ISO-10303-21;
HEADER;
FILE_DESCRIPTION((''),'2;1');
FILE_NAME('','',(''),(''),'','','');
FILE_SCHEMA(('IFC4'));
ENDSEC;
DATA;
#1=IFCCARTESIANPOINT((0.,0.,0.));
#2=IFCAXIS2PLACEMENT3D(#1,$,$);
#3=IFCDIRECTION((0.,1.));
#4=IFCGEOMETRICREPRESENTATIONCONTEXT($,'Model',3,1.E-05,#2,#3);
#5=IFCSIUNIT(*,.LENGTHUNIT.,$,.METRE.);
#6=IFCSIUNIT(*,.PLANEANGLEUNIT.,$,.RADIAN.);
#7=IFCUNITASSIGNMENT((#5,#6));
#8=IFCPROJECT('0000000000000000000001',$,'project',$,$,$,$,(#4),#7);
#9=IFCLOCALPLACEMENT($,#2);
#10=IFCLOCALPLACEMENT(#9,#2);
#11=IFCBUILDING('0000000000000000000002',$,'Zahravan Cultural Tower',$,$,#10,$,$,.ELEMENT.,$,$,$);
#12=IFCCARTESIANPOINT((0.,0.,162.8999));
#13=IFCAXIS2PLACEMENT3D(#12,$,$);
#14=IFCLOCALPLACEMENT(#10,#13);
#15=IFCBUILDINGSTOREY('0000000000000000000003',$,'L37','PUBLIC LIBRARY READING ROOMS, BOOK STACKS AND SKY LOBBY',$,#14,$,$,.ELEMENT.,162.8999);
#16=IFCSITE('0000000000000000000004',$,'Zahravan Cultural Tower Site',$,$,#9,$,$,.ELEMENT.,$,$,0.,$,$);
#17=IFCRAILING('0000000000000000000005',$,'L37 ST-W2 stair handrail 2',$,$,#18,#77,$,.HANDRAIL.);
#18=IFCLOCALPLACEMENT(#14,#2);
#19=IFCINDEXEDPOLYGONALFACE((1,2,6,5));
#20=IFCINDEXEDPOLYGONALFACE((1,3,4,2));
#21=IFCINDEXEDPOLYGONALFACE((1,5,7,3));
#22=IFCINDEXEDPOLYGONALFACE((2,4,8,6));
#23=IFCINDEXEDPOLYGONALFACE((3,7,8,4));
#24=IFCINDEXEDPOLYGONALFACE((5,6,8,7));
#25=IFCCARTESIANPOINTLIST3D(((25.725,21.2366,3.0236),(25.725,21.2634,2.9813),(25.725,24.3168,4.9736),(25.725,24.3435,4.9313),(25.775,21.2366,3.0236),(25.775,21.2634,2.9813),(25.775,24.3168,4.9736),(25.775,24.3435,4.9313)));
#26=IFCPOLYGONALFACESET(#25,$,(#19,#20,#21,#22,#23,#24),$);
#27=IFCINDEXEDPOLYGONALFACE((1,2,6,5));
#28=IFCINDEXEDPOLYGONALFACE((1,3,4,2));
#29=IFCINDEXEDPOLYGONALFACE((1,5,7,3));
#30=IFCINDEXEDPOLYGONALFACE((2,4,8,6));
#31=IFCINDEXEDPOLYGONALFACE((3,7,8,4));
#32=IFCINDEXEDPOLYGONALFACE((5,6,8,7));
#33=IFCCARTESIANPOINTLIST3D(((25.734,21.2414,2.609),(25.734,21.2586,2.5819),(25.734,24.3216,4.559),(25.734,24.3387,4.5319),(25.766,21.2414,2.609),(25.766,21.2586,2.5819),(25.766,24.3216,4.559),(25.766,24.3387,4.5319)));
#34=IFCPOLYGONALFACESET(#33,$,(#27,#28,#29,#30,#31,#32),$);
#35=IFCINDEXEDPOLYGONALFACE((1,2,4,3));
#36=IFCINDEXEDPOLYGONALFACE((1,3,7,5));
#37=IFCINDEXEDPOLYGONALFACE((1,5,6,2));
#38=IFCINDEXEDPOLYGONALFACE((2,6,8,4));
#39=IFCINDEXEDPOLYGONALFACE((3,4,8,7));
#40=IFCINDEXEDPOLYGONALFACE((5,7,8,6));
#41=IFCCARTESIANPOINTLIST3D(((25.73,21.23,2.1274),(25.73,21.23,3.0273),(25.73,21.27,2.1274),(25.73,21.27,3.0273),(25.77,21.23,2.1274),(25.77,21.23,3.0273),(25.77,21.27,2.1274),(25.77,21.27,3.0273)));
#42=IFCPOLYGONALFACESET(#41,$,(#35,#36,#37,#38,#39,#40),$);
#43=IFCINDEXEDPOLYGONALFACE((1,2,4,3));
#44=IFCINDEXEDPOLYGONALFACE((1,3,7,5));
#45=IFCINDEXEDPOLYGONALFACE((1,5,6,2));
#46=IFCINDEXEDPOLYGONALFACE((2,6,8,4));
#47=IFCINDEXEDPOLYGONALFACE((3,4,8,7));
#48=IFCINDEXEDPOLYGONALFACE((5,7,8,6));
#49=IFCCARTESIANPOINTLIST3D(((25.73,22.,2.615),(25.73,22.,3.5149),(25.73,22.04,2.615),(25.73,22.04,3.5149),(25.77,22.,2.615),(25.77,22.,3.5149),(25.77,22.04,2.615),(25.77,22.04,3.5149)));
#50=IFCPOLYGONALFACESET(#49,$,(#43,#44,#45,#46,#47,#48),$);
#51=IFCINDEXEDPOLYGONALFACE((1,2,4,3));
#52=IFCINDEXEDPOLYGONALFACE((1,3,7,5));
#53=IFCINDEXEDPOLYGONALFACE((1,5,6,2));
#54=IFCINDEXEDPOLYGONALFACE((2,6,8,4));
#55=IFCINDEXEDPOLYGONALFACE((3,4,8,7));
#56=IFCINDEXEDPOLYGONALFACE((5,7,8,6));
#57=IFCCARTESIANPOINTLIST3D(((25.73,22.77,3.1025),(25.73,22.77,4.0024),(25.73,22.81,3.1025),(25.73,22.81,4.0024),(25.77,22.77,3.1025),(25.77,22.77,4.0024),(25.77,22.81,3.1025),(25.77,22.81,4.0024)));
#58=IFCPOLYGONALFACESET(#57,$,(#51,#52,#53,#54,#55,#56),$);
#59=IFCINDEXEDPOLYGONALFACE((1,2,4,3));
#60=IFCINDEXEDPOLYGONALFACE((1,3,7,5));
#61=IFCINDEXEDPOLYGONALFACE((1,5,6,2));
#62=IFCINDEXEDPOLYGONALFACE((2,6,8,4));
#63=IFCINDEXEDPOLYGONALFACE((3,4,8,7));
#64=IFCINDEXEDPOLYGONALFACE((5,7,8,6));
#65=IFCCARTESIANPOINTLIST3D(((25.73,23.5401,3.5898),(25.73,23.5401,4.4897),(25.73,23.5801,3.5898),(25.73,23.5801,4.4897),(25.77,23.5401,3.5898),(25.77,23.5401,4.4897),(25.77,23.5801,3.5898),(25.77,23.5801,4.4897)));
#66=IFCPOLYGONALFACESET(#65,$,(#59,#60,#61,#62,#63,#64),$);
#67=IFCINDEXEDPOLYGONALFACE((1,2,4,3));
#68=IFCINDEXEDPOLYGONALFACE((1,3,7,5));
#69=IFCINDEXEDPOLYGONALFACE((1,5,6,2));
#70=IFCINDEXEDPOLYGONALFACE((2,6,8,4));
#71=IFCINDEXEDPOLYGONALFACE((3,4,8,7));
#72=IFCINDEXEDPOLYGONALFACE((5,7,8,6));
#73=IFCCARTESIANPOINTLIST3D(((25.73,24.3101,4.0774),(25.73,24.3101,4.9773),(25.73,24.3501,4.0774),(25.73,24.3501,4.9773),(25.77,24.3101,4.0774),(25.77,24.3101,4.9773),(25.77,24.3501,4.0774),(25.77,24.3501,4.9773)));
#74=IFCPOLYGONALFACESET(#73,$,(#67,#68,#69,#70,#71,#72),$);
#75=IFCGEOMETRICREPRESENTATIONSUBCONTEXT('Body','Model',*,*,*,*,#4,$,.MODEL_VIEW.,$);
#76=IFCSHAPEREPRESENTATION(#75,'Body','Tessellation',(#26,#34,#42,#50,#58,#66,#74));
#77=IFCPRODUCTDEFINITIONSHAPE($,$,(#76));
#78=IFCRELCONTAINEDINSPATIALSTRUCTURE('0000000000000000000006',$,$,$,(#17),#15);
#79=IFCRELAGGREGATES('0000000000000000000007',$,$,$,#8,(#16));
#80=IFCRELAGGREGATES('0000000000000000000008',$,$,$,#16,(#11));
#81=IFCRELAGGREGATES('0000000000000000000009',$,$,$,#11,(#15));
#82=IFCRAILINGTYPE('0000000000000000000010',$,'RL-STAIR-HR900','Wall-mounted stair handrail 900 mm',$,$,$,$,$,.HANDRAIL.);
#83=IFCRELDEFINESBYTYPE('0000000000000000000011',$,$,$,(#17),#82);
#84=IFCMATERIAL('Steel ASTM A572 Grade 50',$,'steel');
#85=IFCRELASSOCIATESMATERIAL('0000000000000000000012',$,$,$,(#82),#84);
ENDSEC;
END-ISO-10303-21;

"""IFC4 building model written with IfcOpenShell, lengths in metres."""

from ifc_helpers import new_model, si_unit, direction, frame, origin, origin_2d, place, context, subcontext, project, spatial, rectangle, extrude, material, type_object, element, save


model = new_model("IFC4")

# Units and contexts
model_context = context("Model", 3, precision=1e-05, world=origin(), true_north=direction((0.0, 1.0)))
body_context = subcontext(model_context, "Body", "Model", "MODEL_VIEW")
ifc_project = project(units=[si_unit("LENGTHUNIT", "METRE"), si_unit("PLANEANGLEUNIT", "RADIAN")], contexts=[model_context])

# Site, building, storey
site_placement = place(None, origin())
site = spatial("IfcSite", under=ifc_project, at=site_placement, Name="Zahravan Cultural Tower Site", CompositionType="ELEMENT", RefElevation=0.0)
building_placement = place(site_placement, origin())
building = spatial("IfcBuilding", under=site, at=building_placement, Name="Zahravan Cultural Tower", CompositionType="ELEMENT")
storey_placement = place(building_placement, frame((0.0, 0.0, 162.8999)))
storey = spatial("IfcBuildingStorey", under=building, at=storey_placement, Name="L37", Description="PUBLIC LIBRARY READING ROOMS, BOOK STACKS AND SKY LOBBY", CompositionType="ELEMENT", Elevation=162.8999)

# Shared definitions
ifc_material_1 = material(Name="Steel ASTM A572 Grade 50", Category="steel")

# Railing
railing_type_1 = type_object("IfcRailingType", Name="RL-STAIR-HR900", Description="Wall-mounted stair handrail 900 mm", PredefinedType="HANDRAIL", material=ifc_material_1)
railing_1_placement = place(storey_placement, frame((25.75, 21.25, 2.1274)))
element("IfcRailing", 1, at=railing_1_placement, inside=storey, type_object=railing_type_1, Name="L37 ST-W2 stair handrail 2", PredefinedType="HANDRAIL", context=body_context, shape_type="SweptSolid", body=[
    extrude(rectangle(XDim=0.05, YDim=0.05, at=origin_2d()), frame((0.0, 0.0, 0.875), z_axis=(0.0, 0.844914, 0.534902), x_axis=(-1.0, 0.0, 0.0)), (0.0, 0.0, 1.0), 3.6455),
    extrude(rectangle(XDim=0.032, YDim=0.032, at=origin_2d()), frame((0.0, 0.0, 0.468), z_axis=(0.0, 0.844914, 0.534902), x_axis=(-1.0, 0.0, 0.0)), (0.0, 0.0, 1.0), 3.6455),
    extrude(rectangle(XDim=0.04, YDim=0.04, at=origin_2d()), origin(), (0.0, 0.0, 1.0), 0.8999),
    extrude(rectangle(XDim=0.04, YDim=0.04, at=origin_2d()), frame((0.0, 0.77, 0.4875)), (0.0, 0.0, 1.0), 0.8999),
    extrude(rectangle(XDim=0.04, YDim=0.04, at=origin_2d()), frame((0.0, 1.54, 0.9751)), (0.0, 0.0, 1.0), 0.8999),
    extrude(rectangle(XDim=0.04, YDim=0.04, at=origin_2d()), frame((0.0, 2.3101, 1.4624)), (0.0, 0.0, 1.0), 0.8999),
    extrude(rectangle(XDim=0.04, YDim=0.04, at=origin_2d()), frame((0.0, 3.0801, 1.95)), (0.0, 0.0, 1.0), 0.8999),
])

save(model, "model.ifc")
